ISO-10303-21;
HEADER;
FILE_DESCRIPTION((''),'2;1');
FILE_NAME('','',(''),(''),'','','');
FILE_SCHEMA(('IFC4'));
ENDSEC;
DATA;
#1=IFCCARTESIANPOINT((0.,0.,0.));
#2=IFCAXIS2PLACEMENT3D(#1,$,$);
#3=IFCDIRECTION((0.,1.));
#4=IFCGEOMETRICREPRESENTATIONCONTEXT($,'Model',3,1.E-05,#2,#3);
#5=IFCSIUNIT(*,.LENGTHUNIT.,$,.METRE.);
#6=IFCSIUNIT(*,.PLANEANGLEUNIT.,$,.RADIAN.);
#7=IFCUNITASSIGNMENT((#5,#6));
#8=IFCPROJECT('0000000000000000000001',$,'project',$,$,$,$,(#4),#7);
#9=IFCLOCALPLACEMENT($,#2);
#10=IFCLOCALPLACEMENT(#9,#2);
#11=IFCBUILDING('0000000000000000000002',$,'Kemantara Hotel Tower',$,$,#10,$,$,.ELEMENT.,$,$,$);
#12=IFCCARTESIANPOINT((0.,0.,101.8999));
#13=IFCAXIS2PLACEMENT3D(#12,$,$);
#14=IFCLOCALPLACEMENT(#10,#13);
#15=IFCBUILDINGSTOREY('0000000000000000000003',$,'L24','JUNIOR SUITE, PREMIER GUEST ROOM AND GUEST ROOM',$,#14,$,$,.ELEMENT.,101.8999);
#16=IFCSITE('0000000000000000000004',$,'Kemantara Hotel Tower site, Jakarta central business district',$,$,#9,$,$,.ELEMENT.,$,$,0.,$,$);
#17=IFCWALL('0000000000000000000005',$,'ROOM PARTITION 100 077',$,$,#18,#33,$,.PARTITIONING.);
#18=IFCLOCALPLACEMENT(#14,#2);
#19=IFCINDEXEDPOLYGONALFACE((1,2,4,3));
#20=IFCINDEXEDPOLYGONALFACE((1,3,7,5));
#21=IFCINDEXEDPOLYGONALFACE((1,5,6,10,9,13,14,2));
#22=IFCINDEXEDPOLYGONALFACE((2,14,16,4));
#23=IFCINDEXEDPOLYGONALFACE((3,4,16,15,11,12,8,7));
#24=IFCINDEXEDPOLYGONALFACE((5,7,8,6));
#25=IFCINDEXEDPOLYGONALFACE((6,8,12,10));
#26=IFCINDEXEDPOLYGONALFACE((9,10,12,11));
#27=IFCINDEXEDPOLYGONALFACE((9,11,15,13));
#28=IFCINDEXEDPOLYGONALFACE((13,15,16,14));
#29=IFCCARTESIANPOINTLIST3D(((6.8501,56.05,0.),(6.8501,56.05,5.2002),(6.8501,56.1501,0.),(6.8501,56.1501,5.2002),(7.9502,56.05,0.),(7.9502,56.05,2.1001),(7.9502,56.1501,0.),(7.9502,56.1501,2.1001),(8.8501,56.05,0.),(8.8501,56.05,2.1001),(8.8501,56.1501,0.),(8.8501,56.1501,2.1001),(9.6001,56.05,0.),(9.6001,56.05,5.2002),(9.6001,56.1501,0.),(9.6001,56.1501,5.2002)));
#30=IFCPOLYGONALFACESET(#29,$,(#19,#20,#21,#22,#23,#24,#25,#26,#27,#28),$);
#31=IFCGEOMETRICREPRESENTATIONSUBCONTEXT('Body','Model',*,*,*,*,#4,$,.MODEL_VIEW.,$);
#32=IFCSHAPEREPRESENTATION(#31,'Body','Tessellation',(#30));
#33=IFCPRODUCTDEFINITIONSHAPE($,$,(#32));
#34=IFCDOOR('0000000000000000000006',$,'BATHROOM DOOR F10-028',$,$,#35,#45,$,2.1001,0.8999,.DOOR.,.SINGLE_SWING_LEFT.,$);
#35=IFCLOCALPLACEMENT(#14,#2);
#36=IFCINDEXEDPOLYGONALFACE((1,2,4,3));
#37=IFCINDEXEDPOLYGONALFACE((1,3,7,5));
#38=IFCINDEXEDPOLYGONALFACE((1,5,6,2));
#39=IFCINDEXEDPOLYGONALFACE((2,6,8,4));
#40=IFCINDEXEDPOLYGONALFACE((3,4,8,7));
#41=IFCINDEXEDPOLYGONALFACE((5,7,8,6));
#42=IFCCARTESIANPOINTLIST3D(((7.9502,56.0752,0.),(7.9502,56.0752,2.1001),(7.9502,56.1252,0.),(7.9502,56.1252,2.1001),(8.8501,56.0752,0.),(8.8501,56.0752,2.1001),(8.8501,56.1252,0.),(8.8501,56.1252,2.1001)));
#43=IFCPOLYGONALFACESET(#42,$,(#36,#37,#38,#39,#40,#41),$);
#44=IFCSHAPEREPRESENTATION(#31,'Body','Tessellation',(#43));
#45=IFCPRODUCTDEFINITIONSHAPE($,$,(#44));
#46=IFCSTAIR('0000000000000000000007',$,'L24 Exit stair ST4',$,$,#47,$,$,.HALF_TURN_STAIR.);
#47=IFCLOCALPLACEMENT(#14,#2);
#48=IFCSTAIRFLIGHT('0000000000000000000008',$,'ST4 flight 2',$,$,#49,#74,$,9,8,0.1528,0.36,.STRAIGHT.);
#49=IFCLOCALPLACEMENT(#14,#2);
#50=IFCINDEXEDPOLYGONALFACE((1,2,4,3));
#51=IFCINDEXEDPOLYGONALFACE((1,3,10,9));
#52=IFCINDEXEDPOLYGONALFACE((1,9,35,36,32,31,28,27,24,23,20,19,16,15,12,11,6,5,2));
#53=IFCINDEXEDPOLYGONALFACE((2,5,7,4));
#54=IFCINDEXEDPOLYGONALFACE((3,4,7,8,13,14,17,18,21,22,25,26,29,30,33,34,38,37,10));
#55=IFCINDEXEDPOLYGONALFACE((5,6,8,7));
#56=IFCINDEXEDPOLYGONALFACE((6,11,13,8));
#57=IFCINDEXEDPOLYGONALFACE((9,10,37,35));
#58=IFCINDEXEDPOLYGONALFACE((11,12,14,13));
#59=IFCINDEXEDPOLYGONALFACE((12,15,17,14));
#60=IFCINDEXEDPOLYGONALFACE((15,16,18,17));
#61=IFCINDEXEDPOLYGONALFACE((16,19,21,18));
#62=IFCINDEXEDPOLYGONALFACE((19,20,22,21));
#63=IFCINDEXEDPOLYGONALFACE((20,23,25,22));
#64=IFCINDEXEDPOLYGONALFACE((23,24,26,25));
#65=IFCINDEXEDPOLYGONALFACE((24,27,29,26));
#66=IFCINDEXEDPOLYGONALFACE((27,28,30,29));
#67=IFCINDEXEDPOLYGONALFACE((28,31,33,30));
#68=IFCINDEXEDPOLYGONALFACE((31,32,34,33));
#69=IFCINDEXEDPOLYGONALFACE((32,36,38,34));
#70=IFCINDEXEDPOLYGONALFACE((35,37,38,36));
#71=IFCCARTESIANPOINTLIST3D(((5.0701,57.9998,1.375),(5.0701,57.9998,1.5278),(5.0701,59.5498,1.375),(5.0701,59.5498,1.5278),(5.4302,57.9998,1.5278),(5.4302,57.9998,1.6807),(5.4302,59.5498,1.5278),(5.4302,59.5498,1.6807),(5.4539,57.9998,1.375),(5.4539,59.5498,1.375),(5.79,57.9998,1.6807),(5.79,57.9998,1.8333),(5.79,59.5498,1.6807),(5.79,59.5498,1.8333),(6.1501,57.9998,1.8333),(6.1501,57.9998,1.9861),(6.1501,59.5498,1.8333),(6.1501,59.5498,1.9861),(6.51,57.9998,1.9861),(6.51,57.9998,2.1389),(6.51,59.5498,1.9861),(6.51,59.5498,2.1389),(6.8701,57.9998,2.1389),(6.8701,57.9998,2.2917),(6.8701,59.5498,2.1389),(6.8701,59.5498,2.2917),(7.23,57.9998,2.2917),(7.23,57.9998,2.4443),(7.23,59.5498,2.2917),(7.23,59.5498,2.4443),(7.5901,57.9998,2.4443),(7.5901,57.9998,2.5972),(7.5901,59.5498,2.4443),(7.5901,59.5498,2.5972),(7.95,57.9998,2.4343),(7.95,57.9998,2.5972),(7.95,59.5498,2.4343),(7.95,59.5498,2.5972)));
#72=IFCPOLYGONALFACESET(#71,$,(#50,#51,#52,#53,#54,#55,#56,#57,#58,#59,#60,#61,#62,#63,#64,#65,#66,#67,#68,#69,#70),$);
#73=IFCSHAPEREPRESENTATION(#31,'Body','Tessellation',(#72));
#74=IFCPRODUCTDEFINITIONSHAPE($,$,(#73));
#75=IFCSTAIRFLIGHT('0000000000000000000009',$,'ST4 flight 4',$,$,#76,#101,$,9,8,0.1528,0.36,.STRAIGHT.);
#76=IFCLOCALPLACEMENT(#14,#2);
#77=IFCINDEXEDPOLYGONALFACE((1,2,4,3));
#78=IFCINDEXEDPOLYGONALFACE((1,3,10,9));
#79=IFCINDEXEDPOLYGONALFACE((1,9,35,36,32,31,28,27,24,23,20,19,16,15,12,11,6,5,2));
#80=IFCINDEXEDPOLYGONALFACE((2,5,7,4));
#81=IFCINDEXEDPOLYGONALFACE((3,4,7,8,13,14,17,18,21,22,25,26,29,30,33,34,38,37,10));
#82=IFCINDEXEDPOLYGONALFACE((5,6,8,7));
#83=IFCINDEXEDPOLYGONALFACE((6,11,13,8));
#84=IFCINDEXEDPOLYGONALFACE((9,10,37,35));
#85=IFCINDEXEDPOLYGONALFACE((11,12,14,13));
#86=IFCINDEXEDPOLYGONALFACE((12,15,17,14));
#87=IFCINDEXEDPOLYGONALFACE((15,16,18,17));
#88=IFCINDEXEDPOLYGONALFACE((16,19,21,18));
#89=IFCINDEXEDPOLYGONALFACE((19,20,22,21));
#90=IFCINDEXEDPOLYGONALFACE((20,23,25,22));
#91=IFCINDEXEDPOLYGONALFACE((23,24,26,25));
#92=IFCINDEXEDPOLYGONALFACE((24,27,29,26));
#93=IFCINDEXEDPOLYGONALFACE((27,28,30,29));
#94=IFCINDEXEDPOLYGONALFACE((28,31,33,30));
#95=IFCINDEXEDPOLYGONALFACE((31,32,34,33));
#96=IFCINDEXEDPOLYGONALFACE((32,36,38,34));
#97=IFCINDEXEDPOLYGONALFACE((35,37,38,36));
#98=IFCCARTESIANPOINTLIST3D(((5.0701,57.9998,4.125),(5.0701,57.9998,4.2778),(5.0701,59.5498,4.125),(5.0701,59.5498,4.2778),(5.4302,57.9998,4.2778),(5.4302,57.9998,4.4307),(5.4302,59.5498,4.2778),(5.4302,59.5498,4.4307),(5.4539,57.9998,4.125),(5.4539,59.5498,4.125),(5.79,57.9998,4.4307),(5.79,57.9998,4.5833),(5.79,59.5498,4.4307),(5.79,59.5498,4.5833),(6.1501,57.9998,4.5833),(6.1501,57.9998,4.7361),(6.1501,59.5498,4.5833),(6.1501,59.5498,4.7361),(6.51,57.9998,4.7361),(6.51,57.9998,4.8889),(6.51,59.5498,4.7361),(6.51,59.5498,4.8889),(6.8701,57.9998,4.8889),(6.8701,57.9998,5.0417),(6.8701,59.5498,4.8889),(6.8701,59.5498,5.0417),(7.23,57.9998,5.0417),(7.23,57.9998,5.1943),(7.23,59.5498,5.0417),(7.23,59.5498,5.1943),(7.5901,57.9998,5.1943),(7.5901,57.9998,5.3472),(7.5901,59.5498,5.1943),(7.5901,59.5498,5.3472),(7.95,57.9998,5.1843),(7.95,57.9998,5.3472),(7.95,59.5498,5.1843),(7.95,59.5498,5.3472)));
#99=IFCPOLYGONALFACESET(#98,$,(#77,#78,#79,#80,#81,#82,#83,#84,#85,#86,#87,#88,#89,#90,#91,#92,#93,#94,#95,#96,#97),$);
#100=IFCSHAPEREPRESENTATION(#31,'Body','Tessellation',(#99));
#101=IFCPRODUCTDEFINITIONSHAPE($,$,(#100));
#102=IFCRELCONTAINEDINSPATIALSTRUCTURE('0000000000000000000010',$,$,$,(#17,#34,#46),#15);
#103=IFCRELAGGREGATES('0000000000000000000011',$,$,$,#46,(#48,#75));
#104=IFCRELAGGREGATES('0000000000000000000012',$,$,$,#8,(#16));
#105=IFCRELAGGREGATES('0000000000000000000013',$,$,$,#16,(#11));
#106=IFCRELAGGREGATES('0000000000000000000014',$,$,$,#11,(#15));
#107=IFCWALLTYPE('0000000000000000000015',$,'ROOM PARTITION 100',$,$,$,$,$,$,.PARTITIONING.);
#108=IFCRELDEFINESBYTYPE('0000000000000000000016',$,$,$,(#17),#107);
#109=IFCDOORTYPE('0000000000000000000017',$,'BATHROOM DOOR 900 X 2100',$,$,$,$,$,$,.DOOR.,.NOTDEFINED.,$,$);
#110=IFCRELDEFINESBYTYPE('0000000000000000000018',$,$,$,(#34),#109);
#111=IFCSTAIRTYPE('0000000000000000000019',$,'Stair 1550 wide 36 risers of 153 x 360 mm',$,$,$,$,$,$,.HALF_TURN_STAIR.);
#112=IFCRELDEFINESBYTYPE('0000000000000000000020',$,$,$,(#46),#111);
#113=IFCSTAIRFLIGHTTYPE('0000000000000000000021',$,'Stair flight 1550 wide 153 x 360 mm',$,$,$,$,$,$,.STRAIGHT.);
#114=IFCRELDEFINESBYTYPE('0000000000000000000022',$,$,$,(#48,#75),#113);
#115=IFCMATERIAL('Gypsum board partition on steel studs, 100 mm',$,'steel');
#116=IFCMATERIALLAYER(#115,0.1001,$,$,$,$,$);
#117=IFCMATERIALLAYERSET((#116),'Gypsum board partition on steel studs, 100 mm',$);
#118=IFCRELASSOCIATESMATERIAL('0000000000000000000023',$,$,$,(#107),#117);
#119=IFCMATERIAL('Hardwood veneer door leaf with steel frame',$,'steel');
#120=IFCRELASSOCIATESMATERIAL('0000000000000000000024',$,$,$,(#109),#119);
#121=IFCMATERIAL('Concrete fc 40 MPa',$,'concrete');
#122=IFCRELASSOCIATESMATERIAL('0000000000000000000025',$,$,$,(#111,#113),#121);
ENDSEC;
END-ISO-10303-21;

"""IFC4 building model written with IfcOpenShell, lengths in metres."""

from ifc_helpers import new_model, si_unit, direction, frame, frame_2d, origin, place, context, subcontext, project, spatial, polyline, rectangle, outline, extrude, material, layer, layer_set, type_object, element, fill, aggregate, save


model = new_model("IFC4")

# Units and contexts
model_context = context("Model", 3, precision=1e-05, world=origin(), true_north=direction((0.0, 1.0)))
body_context = subcontext(model_context, "Body", "Model", "MODEL_VIEW")
ifc_project = project(units=[si_unit("LENGTHUNIT", "METRE"), si_unit("PLANEANGLEUNIT", "RADIAN")], contexts=[model_context])

# Site, building, storey
site_placement = place(None, origin())
site = spatial("IfcSite", under=ifc_project, at=site_placement, Name="Kemantara Hotel Tower site, Jakarta central business district", CompositionType="ELEMENT", RefElevation=0.0)
building_placement = place(site_placement, origin())
building = spatial("IfcBuilding", under=site, at=building_placement, Name="Kemantara Hotel Tower", CompositionType="ELEMENT")
storey_placement = place(building_placement, frame((0.0, 0.0, 101.8999)))
storey = spatial("IfcBuildingStorey", under=building, at=storey_placement, Name="L24", Description="JUNIOR SUITE, PREMIER GUEST ROOM AND GUEST ROOM", CompositionType="ELEMENT", Elevation=101.8999)

# Shared definitions
ifc_material_1 = material(Name="Hardwood veneer door leaf with steel frame", Category="steel")

# Shared definitions
ifc_material_2 = material(Name="Concrete fc 40 MPa", Category="concrete")

# Shared definitions
ifc_material_3 = material(Name="Gypsum board partition on steel studs, 100 mm", Category="steel")
ifc_layer_1 = layer(ifc_material_3, 0.1001)
ifc_layer_set_1 = layer_set([ifc_layer_1], Name="Gypsum board partition on steel studs, 100 mm")
wall_type_1 = type_object("IfcWallType", Name="ROOM PARTITION 100", PredefinedType="PARTITIONING", material=ifc_layer_set_1)

# Wall, opening, door
wall_1_placement = place(storey_placement, frame((9.6001, 56.1001, 0.0), z_axis=(0.0, 0.0, 1.0), x_axis=(-1.0, 0.0, 0.0)))
wall_1 = element("IfcWall", 1, at=wall_1_placement, inside=storey, type_object=wall_type_1, Name="ROOM PARTITION 100 077", PredefinedType="PARTITIONING", context=body_context, shape_type="SweptSolid", body=[
    extrude(rectangle(XDim=2.75, YDim=0.1001, at=frame_2d((1.375, 0.0))), origin(), (0.0, 0.0, 1.0), 5.2002),
])
opening_1_placement = place(wall_1_placement, frame((0.75, 0.0, 0.0)))
opening_1 = element("IfcOpeningElement", 2, at=opening_1_placement, cuts=wall_1, PredefinedType="OPENING", context=body_context, shape_type="SweptSolid", body=[
    extrude(rectangle(XDim=0.8999, YDim=2.1001, at=frame_2d((0.45, 1.05))), frame((0.0, 0.0601, 0.0), z_axis=(0.0, -1.0, 0.0), x_axis=(1.0, 0.0, 0.0)), (0.0, 0.0, 1.0), 0.1201),
])
door_type_1 = type_object("IfcDoorType", Name="BATHROOM DOOR 900 X 2100", OperationType="NOTDEFINED", PredefinedType="DOOR", material=ifc_material_1)
door_1_placement = place(opening_1_placement, origin())
door_1 = element("IfcDoor", 3, at=door_1_placement, inside=storey, type_object=door_type_1, Name="BATHROOM DOOR F10-028", OperationType="SINGLE_SWING_LEFT", OverallHeight=2.1001, OverallWidth=0.8999, PredefinedType="DOOR", context=body_context, shape_type="SweptSolid", body=[
    extrude(rectangle(XDim=0.8999, YDim=2.1001, at=frame_2d((0.45, 1.05))), frame((0.0, 0.0249, 0.0), z_axis=(0.0, -1.0, 0.0), x_axis=(1.0, 0.0, 0.0)), (0.0, 0.0, 1.0), 0.05),
])
fill(opening_1, door_1)

# Stair, stair flights
stair_type = type_object("IfcStairType", Name="Stair 1550 wide 36 risers of 153 x 360 mm", PredefinedType="HALF_TURN_STAIR", material=ifc_material_2)
stair_placement = place(storey_placement, origin())
stair = element("IfcStair", 4, at=stair_placement, inside=storey, type_object=stair_type, Name="L24 Exit stair ST4", PredefinedType="HALF_TURN_STAIR")
stair_flight_type = type_object("IfcStairFlightType", Name="Stair flight 1550 wide 153 x 360 mm", PredefinedType="STRAIGHT", material=ifc_material_2)
stair_flight_1_placement = place(storey_placement, frame((5.0701, 58.7749, 1.375), z_axis=(0.0, 0.0, 1.0), x_axis=(1.0, 0.0, 0.0)))
stair_flight_1 = element("IfcStairFlight", 5, at=stair_flight_1_placement, type_object=stair_flight_type, Name="ST4 flight 2", NumberOfRisers=9, NumberOfTreads=8, PredefinedType="STRAIGHT", RiserHeight=0.1528, TreadLength=0.36, context=body_context, shape_type="SweptSolid", body=[
    extrude(outline(polyline([(0.0, 0.0), (0.0, 0.1528), (0.3601, 0.1528), (0.3601, 0.3057), (0.72, 0.3057), (0.72, 0.4583), (1.0801, 0.4583), (1.0801, 0.6111), (1.4399, 0.6111), (1.4399, 0.7639), (1.8, 0.7639), (1.8, 0.9167), (2.1599, 0.9167), (2.1599, 1.0693), (2.52, 1.0693), (2.52, 1.2222), (2.8799, 1.2222), (2.8799, 1.375), (2.8799, 1.0593), (0.3838, 0.0), (0.0, 0.0)])), frame((0.0, 0.7749, 0.0), z_axis=(0.0, -1.0, 0.0), x_axis=(1.0, 0.0, 0.0)), (0.0, 0.0, 1.0), 1.55),
])
stair_flight_2_placement = place(storey_placement, frame((5.0701, 58.7749, 4.125), z_axis=(0.0, 0.0, 1.0), x_axis=(1.0, 0.0, 0.0)))
stair_flight_2 = element("IfcStairFlight", 6, at=stair_flight_2_placement, type_object=stair_flight_type, Name="ST4 flight 4", NumberOfRisers=9, NumberOfTreads=8, PredefinedType="STRAIGHT", RiserHeight=0.1528, TreadLength=0.36, context=body_context, shape_type="SweptSolid", body=[
    extrude(outline(polyline([(0.0, 0.0), (0.0, 0.1528), (0.3601, 0.1528), (0.3601, 0.3057), (0.72, 0.3057), (0.72, 0.4583), (1.0801, 0.4583), (1.0801, 0.6111), (1.4399, 0.6111), (1.4399, 0.7639), (1.8, 0.7639), (1.8, 0.9167), (2.1599, 0.9167), (2.1599, 1.0693), (2.52, 1.0693), (2.52, 1.2222), (2.8799, 1.2222), (2.8799, 1.375), (2.8799, 1.0593), (0.3838, 0.0), (0.0, 0.0)])), frame((0.0, 0.7749, 0.0), z_axis=(0.0, -1.0, 0.0), x_axis=(1.0, 0.0, 0.0)), (0.0, 0.0, 1.0), 1.55),
])
aggregate(stair, [stair_flight_1, stair_flight_2])

save(model, "model.ifc")
